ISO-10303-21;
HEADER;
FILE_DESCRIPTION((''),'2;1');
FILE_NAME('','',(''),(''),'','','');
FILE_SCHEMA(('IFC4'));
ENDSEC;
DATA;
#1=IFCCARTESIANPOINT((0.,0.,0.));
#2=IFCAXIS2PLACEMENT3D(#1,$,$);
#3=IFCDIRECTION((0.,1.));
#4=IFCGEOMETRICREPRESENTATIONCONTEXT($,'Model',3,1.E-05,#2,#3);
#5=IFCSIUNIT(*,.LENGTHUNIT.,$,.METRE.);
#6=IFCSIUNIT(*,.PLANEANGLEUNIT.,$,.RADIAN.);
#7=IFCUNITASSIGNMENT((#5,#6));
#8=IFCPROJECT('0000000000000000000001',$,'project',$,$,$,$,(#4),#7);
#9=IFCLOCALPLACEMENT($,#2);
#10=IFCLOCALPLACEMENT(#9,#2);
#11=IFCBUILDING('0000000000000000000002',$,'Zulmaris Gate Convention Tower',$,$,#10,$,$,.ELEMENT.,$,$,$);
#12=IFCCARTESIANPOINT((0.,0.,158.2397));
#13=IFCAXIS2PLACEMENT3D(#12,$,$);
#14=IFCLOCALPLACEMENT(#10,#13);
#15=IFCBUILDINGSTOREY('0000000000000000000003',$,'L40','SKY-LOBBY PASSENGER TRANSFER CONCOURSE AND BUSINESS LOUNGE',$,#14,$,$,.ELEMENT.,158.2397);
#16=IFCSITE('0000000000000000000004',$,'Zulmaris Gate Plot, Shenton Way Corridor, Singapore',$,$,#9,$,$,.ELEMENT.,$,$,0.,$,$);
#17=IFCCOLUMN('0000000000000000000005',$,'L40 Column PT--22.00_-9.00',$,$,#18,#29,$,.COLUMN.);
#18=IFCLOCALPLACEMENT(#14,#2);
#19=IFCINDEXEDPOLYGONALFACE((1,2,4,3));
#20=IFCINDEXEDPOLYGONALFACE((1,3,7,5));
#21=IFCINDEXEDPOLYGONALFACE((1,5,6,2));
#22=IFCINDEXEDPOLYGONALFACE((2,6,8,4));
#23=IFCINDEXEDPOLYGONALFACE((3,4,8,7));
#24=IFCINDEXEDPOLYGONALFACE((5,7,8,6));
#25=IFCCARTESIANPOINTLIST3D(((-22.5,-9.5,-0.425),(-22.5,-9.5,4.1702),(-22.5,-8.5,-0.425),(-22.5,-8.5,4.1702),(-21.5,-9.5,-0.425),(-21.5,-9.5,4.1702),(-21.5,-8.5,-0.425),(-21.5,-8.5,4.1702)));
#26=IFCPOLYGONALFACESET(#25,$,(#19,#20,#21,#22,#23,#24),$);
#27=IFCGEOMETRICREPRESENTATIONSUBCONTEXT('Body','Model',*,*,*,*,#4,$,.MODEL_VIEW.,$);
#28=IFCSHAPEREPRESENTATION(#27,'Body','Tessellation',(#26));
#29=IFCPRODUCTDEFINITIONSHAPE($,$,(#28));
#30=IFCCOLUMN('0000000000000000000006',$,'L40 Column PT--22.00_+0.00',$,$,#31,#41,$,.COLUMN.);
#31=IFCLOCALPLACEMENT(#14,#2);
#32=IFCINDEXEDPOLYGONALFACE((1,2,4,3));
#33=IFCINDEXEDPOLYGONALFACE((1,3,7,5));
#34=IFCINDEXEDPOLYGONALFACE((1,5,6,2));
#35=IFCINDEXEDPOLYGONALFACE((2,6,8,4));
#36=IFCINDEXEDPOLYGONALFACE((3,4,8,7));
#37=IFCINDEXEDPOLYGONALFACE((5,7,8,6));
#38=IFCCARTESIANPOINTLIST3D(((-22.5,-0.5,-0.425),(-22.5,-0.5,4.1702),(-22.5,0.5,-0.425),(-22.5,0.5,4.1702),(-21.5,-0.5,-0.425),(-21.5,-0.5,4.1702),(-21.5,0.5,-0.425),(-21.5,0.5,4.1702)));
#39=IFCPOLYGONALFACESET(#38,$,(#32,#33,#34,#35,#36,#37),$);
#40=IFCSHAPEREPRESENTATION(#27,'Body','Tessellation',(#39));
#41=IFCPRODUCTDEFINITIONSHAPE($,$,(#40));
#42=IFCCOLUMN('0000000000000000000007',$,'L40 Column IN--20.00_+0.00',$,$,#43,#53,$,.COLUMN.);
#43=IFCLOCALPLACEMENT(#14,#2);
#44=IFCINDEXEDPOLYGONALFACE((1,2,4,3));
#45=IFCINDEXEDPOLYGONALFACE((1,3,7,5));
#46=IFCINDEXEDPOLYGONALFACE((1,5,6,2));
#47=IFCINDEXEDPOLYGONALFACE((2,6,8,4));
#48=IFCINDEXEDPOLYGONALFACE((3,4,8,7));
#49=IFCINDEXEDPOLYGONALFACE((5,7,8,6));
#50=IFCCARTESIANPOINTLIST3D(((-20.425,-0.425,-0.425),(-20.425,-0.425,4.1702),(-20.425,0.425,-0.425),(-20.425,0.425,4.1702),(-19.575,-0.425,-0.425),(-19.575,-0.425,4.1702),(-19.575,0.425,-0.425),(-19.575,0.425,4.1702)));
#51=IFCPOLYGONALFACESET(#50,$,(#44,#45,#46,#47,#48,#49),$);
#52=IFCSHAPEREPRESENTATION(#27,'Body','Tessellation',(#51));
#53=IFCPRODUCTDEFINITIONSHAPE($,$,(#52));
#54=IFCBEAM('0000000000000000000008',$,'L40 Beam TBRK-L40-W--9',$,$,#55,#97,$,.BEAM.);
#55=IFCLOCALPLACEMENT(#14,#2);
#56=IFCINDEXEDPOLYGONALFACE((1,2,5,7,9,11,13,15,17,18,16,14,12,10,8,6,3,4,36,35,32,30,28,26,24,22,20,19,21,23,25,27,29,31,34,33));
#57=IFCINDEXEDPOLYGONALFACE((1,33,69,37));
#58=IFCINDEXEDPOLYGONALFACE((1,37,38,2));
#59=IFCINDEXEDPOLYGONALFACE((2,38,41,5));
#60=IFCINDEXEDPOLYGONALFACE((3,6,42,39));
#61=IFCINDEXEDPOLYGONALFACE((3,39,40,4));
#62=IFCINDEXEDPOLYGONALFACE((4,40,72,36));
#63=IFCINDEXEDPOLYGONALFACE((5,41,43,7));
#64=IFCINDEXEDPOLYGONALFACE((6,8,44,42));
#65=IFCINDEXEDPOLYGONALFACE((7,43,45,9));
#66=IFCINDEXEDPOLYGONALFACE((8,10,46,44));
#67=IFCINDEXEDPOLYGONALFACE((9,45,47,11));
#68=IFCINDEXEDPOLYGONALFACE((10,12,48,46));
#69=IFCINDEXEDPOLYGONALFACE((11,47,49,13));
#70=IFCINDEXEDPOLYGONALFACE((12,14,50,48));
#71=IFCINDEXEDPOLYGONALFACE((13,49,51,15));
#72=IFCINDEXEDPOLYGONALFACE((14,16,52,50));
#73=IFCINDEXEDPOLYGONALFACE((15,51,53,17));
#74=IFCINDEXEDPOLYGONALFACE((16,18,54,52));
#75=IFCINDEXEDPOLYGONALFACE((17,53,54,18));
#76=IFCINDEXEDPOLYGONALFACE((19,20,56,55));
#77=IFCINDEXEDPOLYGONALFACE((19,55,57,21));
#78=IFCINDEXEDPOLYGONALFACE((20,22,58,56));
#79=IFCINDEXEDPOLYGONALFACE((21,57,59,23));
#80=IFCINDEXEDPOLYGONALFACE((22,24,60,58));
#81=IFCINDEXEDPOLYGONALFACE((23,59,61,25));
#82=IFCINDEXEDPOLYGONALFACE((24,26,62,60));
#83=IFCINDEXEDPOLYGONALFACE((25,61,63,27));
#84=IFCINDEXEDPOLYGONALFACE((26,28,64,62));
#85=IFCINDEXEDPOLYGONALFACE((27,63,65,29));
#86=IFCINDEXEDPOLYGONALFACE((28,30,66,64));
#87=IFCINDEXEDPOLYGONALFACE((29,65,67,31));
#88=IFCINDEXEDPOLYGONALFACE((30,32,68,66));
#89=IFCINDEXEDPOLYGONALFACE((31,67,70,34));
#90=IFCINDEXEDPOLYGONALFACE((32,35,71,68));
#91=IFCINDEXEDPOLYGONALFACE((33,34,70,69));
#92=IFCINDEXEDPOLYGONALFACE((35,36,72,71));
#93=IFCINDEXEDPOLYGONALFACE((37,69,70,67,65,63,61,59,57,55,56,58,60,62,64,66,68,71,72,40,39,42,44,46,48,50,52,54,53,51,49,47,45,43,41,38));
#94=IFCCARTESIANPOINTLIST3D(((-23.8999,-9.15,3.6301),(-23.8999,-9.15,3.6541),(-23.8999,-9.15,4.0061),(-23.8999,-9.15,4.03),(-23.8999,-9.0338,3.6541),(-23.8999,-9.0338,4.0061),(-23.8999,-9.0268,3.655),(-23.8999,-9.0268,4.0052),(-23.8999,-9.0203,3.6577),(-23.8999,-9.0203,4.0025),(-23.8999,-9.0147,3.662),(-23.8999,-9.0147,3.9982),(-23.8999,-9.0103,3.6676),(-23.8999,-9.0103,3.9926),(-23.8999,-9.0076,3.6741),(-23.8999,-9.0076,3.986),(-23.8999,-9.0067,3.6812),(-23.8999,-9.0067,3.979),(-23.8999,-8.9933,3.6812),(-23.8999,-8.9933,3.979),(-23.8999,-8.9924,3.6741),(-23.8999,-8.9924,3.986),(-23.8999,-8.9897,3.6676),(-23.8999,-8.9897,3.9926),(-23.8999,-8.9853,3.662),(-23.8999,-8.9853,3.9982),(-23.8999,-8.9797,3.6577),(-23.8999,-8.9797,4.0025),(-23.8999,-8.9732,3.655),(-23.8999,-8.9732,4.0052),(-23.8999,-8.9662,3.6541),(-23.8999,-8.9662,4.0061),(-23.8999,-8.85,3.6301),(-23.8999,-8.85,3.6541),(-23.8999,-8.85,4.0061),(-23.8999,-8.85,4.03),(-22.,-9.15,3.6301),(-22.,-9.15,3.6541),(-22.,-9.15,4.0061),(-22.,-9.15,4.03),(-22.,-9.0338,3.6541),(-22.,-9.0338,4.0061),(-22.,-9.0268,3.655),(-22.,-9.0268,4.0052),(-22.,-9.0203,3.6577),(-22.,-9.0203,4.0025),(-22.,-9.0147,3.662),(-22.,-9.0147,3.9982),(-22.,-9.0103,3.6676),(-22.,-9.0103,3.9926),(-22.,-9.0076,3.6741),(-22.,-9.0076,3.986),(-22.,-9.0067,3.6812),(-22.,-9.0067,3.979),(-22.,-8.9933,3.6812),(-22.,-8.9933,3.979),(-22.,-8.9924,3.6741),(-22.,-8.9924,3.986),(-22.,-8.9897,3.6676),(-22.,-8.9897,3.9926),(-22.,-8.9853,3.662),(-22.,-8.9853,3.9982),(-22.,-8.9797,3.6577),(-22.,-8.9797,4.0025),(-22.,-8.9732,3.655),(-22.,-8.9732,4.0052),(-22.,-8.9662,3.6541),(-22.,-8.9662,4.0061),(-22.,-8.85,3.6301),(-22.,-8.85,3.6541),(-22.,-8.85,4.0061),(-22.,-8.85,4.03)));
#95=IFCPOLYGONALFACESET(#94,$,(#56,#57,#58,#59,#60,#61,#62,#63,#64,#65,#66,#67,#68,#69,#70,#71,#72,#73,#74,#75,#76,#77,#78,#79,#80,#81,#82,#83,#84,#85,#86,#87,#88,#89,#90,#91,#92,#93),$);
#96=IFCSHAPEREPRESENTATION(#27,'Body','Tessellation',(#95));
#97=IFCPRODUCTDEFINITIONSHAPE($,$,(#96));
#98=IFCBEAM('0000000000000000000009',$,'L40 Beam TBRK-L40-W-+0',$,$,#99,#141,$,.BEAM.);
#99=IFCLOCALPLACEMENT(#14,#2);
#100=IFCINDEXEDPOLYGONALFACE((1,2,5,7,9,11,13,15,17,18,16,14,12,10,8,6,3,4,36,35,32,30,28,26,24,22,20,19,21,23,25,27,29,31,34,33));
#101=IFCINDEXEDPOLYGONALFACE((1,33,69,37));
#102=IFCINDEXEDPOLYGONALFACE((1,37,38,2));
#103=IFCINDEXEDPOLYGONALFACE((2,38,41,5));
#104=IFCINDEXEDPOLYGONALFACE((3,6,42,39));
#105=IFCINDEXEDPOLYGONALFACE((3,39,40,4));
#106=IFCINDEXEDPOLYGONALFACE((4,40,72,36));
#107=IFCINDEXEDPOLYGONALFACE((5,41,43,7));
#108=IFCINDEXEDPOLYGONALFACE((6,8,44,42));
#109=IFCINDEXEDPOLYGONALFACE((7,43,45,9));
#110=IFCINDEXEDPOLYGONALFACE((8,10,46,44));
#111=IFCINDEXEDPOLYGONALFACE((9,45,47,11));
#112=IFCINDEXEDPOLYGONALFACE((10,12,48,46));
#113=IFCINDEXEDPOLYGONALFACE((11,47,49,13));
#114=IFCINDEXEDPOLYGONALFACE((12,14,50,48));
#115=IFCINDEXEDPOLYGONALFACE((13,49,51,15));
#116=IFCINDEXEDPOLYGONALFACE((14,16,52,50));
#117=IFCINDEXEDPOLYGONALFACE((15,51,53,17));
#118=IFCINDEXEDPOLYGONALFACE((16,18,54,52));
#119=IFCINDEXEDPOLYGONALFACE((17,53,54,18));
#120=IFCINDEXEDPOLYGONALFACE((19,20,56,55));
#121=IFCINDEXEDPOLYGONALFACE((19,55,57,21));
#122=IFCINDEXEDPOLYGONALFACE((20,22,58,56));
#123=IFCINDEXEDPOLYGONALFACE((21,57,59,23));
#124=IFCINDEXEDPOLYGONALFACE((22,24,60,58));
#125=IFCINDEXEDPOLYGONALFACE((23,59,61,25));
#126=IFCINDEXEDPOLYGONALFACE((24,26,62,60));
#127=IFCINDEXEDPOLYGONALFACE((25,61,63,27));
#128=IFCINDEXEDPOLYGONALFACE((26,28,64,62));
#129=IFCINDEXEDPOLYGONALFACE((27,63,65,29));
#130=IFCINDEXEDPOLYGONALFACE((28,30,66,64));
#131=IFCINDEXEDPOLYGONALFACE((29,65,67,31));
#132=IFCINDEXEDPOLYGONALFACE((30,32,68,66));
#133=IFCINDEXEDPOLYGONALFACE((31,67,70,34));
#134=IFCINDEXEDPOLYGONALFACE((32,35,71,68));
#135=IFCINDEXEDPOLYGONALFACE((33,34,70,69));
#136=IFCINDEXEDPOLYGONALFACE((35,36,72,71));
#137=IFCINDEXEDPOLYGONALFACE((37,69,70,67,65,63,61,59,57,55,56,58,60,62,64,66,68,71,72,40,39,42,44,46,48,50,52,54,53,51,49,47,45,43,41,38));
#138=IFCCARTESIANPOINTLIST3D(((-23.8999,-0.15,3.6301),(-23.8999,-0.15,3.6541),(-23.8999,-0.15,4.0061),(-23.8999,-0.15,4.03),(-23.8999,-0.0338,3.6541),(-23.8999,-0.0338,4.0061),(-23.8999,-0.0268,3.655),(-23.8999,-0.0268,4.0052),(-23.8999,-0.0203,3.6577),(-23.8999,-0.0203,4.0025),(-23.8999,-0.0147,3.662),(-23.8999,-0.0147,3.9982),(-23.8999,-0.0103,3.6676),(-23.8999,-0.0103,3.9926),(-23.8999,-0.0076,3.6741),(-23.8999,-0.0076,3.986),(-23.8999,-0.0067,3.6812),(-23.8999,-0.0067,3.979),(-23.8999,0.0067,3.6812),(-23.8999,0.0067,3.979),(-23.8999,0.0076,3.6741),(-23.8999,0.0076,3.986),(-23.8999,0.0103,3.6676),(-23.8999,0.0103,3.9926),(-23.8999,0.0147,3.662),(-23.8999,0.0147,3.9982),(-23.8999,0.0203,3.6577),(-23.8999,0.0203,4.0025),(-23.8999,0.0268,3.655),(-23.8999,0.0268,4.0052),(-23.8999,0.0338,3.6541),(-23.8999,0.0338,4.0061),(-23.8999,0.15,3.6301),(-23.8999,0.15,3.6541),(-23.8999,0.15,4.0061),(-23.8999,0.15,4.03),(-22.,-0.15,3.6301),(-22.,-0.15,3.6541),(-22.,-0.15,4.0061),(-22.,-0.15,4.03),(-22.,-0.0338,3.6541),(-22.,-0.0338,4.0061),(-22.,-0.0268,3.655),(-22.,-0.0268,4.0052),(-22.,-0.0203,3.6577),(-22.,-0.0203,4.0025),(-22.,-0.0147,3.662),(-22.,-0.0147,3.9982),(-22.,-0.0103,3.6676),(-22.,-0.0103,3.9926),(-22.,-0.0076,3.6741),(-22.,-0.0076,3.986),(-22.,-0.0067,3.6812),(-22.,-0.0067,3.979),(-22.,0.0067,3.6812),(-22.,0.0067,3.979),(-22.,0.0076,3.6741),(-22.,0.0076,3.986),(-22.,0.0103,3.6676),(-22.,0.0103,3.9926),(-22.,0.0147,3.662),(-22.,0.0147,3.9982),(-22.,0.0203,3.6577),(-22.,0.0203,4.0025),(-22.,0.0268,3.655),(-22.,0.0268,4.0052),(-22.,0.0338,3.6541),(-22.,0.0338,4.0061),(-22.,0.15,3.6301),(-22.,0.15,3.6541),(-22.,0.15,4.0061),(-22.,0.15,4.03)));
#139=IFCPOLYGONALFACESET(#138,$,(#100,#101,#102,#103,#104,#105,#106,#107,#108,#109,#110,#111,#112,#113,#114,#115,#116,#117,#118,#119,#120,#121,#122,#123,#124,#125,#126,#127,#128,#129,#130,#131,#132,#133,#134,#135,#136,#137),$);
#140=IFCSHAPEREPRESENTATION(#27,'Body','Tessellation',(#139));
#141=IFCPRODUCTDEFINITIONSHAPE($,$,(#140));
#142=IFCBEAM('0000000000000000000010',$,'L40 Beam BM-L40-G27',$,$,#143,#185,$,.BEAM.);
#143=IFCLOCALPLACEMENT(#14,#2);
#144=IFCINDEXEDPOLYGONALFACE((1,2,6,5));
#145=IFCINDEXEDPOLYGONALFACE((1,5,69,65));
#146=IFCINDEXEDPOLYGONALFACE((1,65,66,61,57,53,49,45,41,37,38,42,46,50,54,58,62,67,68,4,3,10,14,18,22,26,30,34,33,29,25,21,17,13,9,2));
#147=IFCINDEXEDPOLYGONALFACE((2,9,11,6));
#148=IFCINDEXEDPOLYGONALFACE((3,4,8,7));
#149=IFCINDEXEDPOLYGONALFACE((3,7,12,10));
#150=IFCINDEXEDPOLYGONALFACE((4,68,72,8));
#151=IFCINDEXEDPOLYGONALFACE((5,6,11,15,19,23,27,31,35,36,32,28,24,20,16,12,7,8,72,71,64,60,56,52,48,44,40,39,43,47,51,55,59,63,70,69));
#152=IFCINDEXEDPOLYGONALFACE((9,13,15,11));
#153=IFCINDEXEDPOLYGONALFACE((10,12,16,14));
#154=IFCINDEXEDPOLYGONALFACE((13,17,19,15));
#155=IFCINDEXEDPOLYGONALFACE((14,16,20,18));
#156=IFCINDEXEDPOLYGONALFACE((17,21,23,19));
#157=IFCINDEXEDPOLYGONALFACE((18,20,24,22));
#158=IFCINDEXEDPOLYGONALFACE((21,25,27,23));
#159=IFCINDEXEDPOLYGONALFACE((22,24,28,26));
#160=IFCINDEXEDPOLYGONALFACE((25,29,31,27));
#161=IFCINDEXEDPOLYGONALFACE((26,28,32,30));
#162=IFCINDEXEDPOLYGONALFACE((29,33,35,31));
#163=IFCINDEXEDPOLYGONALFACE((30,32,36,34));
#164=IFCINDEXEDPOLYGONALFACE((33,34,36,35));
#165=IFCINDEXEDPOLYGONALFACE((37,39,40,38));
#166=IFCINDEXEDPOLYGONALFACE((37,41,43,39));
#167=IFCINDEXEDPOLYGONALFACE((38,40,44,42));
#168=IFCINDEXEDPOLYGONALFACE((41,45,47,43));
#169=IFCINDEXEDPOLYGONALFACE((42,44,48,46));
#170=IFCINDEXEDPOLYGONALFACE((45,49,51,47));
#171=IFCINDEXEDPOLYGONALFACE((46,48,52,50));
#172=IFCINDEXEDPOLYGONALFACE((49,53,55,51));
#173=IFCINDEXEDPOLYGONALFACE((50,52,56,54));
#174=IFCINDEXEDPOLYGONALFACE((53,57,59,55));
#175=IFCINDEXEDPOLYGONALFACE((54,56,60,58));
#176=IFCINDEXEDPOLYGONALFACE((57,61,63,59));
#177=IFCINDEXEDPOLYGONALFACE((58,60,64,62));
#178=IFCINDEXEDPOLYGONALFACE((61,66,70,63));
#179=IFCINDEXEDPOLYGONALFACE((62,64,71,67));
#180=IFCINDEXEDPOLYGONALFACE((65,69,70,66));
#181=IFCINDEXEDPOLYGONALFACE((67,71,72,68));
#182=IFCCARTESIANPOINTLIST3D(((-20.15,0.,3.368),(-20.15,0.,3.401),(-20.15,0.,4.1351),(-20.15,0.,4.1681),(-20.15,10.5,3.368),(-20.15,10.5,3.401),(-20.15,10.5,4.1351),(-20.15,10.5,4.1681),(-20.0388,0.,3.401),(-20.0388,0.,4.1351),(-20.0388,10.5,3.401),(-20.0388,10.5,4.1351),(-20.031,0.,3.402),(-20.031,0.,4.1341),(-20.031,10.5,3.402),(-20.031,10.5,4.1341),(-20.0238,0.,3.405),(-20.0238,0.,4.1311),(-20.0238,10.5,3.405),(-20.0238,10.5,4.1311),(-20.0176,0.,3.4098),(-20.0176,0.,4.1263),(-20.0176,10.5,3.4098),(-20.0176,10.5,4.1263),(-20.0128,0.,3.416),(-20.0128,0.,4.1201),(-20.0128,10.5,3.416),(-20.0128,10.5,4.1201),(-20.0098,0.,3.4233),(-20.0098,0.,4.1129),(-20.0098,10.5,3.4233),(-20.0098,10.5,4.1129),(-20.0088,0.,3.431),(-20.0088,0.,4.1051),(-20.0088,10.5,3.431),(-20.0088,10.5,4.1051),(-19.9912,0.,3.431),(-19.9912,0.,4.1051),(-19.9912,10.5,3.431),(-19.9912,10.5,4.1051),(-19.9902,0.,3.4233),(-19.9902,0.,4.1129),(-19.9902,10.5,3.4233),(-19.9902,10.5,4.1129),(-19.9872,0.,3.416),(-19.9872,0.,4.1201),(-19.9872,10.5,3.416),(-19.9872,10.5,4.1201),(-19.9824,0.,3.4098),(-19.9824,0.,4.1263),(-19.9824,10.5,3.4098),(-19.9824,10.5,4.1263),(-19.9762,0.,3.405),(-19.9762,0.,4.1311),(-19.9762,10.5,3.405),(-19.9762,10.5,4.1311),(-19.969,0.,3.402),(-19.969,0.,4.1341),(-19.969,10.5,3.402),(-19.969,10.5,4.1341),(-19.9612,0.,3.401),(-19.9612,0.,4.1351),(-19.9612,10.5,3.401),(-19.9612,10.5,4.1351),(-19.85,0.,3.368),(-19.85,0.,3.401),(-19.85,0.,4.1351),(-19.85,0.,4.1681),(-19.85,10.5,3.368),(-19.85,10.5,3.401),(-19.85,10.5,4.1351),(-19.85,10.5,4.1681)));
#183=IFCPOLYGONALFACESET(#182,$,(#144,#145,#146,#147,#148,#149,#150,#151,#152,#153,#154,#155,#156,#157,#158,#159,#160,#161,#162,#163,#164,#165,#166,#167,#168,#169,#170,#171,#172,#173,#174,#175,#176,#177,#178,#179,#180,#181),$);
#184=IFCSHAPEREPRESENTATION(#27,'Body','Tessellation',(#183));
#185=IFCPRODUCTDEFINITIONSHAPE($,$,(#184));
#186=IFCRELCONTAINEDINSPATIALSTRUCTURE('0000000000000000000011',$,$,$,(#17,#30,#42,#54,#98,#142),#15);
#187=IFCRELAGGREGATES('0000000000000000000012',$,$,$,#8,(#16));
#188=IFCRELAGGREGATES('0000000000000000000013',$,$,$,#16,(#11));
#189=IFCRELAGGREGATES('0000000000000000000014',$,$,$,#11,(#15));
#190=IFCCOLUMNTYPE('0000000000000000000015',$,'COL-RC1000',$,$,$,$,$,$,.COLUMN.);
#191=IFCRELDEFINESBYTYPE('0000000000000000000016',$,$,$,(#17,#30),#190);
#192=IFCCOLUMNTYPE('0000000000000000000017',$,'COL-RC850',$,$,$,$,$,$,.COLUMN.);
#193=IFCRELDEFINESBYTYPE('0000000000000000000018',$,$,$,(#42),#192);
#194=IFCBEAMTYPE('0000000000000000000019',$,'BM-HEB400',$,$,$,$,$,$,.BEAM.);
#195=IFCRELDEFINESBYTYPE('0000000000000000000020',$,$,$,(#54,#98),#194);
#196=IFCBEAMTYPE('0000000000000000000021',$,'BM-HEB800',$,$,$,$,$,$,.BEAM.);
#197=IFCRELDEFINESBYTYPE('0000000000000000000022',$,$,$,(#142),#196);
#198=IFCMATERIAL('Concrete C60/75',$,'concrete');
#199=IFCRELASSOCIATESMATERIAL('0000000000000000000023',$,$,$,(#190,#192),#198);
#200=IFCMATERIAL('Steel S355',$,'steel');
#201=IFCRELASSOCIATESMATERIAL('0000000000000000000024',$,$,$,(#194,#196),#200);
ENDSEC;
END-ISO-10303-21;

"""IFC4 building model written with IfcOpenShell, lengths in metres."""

from ifc_helpers import new_model, si_unit, direction, frame, origin, origin_2d, place, context, subcontext, project, spatial, rectangle, i_section, extrude, material, material_profile, profile_set, type_object, element, save


model = new_model("IFC4")

# Units and contexts
model_context = context("Model", 3, precision=1e-05, world=origin(), true_north=direction((0.0, 1.0)))
body_context = subcontext(model_context, "Body", "Model", "MODEL_VIEW")
ifc_project = project(units=[si_unit("LENGTHUNIT", "METRE"), si_unit("PLANEANGLEUNIT", "RADIAN")], contexts=[model_context])

# Site, building, storey
site_placement = place(None, origin())
site = spatial("IfcSite", under=ifc_project, at=site_placement, Name="Zulmaris Gate Plot, Shenton Way Corridor, Singapore", CompositionType="ELEMENT", RefElevation=0.0)
building_placement = place(site_placement, origin())
building = spatial("IfcBuilding", under=site, at=building_placement, Name="Zulmaris Gate Convention Tower", CompositionType="ELEMENT")
storey_placement = place(building_placement, frame((0.0, 0.0, 158.2397)))
storey = spatial("IfcBuildingStorey", under=building, at=storey_placement, Name="L40", Description="SKY-LOBBY PASSENGER TRANSFER CONCOURSE AND BUSINESS LOUNGE", CompositionType="ELEMENT", Elevation=158.2397)

# Columns
ifc_material_1 = material(Name="Concrete C60/75", Category="concrete")
ifc_material_profile_1 = material_profile(ifc_material_1, rectangle(XDim=1.0, YDim=1.0, at=origin_2d()), Name="RC COL 1000x1000")
ifc_profile_set_1 = profile_set([ifc_material_profile_1], Name="Concrete C60/75")
column_type_1 = type_object("IfcColumnType", Name="COL-RC1000", PredefinedType="COLUMN", material=ifc_profile_set_1)
for number, where, z_axis, x_axis, name in (
    (1, (-22.0, -9.0, -0.425), (0.0, 0.0, 1.0), (1.0, 0.0, 0.0), "L40 Column PT--22.00_-9.00"),
    (2, (-22.0, 0.0, -0.425), (0.0, 0.0, 1.0), (1.0, 0.0, 0.0), "L40 Column PT--22.00_+0.00"),
):
    element("IfcColumn", number, at=place(storey_placement, frame(where, z_axis=z_axis, x_axis=x_axis)), inside=storey, type_object=column_type_1, Name=name, PredefinedType="COLUMN", context=body_context, shape_type="SweptSolid", body=[
        extrude(rectangle(XDim=1.0, YDim=1.0, at=origin_2d()), origin(), (0.0, 0.0, 1.0), 4.5952),
    ])
ifc_material_profile_2 = material_profile(ifc_material_1, rectangle(XDim=0.8501, YDim=0.8501, at=origin_2d()), Name="RC COL 850x850")
ifc_profile_set_2 = profile_set([ifc_material_profile_2], Name="Concrete C60/75")
column_type_2 = type_object("IfcColumnType", Name="COL-RC850", PredefinedType="COLUMN", material=ifc_profile_set_2)
column_placement = place(storey_placement, frame((-20.0, 0.0, -0.425), z_axis=(0.0, 0.0, 1.0), x_axis=(1.0, 0.0, 0.0)))
element("IfcColumn", 3, at=column_placement, inside=storey, type_object=column_type_2, Name="L40 Column IN--20.00_+0.00", PredefinedType="COLUMN", context=body_context, shape_type="SweptSolid", body=[
    extrude(rectangle(XDim=0.8501, YDim=0.8501, at=origin_2d()), origin(), (0.0, 0.0, 1.0), 4.5952),
])

# Beams
ifc_material_2 = material(Name="Steel S355", Category="steel")
ifc_material_profile_3 = material_profile(ifc_material_2, i_section(OverallWidth=0.3, OverallDepth=0.3999, WebThickness=0.0134, FlangeThickness=0.0239, FilletRadius=0.0271, at=origin_2d()), Name="HEB 400")
ifc_profile_set_3 = profile_set([ifc_material_profile_3], Name="Steel S355")
beam_type_1 = type_object("IfcBeamType", Name="BM-HEB400", PredefinedType="BEAM", material=ifc_profile_set_3)
for number, where, z_axis, x_axis, name in (
    (4, (-23.8999, -9.0, 3.8301), (1.0, 0.0, 0.0), (0.0, 1.0, 0.0), "L40 Beam TBRK-L40-W--9"),
    (5, (-23.8999, 0.0, 3.8301), (1.0, 0.0, 0.0), (0.0, 1.0, 0.0), "L40 Beam TBRK-L40-W-+0"),
):
    element("IfcBeam", number, at=place(storey_placement, frame(where, z_axis=z_axis, x_axis=x_axis)), inside=storey, type_object=beam_type_1, Name=name, PredefinedType="BEAM", context=body_context, shape_type="SweptSolid", body=[
        extrude(i_section(OverallWidth=0.3, OverallDepth=0.3999, WebThickness=0.0134, FlangeThickness=0.0239, FilletRadius=0.0271, at=origin_2d()), origin(), (0.0, 0.0, 1.0), 1.8999),
    ])
ifc_material_profile_4 = material_profile(ifc_material_2, i_section(OverallWidth=0.3, OverallDepth=0.8, WebThickness=0.0176, FlangeThickness=0.033, FilletRadius=0.03, at=origin_2d()), Name="HEB 800")
ifc_profile_set_4 = profile_set([ifc_material_profile_4], Name="Steel S355")
beam_type_2 = type_object("IfcBeamType", Name="BM-HEB800", PredefinedType="BEAM", material=ifc_profile_set_4)
beam_1_placement = place(storey_placement, frame((-20.0, 0.0, 3.7681), z_axis=(0.0, 1.0, 0.0), x_axis=(-1.0, 0.0, 0.0)))
element("IfcBeam", 6, at=beam_1_placement, inside=storey, type_object=beam_type_2, Name="L40 Beam BM-L40-G27", PredefinedType="BEAM", context=body_context, shape_type="SweptSolid", body=[
    extrude(i_section(OverallWidth=0.3, OverallDepth=0.8, WebThickness=0.0176, FlangeThickness=0.033, FilletRadius=0.03, at=origin_2d()), origin(), (0.0, 0.0, 1.0), 10.5),
])

save(model, "model.ifc")
